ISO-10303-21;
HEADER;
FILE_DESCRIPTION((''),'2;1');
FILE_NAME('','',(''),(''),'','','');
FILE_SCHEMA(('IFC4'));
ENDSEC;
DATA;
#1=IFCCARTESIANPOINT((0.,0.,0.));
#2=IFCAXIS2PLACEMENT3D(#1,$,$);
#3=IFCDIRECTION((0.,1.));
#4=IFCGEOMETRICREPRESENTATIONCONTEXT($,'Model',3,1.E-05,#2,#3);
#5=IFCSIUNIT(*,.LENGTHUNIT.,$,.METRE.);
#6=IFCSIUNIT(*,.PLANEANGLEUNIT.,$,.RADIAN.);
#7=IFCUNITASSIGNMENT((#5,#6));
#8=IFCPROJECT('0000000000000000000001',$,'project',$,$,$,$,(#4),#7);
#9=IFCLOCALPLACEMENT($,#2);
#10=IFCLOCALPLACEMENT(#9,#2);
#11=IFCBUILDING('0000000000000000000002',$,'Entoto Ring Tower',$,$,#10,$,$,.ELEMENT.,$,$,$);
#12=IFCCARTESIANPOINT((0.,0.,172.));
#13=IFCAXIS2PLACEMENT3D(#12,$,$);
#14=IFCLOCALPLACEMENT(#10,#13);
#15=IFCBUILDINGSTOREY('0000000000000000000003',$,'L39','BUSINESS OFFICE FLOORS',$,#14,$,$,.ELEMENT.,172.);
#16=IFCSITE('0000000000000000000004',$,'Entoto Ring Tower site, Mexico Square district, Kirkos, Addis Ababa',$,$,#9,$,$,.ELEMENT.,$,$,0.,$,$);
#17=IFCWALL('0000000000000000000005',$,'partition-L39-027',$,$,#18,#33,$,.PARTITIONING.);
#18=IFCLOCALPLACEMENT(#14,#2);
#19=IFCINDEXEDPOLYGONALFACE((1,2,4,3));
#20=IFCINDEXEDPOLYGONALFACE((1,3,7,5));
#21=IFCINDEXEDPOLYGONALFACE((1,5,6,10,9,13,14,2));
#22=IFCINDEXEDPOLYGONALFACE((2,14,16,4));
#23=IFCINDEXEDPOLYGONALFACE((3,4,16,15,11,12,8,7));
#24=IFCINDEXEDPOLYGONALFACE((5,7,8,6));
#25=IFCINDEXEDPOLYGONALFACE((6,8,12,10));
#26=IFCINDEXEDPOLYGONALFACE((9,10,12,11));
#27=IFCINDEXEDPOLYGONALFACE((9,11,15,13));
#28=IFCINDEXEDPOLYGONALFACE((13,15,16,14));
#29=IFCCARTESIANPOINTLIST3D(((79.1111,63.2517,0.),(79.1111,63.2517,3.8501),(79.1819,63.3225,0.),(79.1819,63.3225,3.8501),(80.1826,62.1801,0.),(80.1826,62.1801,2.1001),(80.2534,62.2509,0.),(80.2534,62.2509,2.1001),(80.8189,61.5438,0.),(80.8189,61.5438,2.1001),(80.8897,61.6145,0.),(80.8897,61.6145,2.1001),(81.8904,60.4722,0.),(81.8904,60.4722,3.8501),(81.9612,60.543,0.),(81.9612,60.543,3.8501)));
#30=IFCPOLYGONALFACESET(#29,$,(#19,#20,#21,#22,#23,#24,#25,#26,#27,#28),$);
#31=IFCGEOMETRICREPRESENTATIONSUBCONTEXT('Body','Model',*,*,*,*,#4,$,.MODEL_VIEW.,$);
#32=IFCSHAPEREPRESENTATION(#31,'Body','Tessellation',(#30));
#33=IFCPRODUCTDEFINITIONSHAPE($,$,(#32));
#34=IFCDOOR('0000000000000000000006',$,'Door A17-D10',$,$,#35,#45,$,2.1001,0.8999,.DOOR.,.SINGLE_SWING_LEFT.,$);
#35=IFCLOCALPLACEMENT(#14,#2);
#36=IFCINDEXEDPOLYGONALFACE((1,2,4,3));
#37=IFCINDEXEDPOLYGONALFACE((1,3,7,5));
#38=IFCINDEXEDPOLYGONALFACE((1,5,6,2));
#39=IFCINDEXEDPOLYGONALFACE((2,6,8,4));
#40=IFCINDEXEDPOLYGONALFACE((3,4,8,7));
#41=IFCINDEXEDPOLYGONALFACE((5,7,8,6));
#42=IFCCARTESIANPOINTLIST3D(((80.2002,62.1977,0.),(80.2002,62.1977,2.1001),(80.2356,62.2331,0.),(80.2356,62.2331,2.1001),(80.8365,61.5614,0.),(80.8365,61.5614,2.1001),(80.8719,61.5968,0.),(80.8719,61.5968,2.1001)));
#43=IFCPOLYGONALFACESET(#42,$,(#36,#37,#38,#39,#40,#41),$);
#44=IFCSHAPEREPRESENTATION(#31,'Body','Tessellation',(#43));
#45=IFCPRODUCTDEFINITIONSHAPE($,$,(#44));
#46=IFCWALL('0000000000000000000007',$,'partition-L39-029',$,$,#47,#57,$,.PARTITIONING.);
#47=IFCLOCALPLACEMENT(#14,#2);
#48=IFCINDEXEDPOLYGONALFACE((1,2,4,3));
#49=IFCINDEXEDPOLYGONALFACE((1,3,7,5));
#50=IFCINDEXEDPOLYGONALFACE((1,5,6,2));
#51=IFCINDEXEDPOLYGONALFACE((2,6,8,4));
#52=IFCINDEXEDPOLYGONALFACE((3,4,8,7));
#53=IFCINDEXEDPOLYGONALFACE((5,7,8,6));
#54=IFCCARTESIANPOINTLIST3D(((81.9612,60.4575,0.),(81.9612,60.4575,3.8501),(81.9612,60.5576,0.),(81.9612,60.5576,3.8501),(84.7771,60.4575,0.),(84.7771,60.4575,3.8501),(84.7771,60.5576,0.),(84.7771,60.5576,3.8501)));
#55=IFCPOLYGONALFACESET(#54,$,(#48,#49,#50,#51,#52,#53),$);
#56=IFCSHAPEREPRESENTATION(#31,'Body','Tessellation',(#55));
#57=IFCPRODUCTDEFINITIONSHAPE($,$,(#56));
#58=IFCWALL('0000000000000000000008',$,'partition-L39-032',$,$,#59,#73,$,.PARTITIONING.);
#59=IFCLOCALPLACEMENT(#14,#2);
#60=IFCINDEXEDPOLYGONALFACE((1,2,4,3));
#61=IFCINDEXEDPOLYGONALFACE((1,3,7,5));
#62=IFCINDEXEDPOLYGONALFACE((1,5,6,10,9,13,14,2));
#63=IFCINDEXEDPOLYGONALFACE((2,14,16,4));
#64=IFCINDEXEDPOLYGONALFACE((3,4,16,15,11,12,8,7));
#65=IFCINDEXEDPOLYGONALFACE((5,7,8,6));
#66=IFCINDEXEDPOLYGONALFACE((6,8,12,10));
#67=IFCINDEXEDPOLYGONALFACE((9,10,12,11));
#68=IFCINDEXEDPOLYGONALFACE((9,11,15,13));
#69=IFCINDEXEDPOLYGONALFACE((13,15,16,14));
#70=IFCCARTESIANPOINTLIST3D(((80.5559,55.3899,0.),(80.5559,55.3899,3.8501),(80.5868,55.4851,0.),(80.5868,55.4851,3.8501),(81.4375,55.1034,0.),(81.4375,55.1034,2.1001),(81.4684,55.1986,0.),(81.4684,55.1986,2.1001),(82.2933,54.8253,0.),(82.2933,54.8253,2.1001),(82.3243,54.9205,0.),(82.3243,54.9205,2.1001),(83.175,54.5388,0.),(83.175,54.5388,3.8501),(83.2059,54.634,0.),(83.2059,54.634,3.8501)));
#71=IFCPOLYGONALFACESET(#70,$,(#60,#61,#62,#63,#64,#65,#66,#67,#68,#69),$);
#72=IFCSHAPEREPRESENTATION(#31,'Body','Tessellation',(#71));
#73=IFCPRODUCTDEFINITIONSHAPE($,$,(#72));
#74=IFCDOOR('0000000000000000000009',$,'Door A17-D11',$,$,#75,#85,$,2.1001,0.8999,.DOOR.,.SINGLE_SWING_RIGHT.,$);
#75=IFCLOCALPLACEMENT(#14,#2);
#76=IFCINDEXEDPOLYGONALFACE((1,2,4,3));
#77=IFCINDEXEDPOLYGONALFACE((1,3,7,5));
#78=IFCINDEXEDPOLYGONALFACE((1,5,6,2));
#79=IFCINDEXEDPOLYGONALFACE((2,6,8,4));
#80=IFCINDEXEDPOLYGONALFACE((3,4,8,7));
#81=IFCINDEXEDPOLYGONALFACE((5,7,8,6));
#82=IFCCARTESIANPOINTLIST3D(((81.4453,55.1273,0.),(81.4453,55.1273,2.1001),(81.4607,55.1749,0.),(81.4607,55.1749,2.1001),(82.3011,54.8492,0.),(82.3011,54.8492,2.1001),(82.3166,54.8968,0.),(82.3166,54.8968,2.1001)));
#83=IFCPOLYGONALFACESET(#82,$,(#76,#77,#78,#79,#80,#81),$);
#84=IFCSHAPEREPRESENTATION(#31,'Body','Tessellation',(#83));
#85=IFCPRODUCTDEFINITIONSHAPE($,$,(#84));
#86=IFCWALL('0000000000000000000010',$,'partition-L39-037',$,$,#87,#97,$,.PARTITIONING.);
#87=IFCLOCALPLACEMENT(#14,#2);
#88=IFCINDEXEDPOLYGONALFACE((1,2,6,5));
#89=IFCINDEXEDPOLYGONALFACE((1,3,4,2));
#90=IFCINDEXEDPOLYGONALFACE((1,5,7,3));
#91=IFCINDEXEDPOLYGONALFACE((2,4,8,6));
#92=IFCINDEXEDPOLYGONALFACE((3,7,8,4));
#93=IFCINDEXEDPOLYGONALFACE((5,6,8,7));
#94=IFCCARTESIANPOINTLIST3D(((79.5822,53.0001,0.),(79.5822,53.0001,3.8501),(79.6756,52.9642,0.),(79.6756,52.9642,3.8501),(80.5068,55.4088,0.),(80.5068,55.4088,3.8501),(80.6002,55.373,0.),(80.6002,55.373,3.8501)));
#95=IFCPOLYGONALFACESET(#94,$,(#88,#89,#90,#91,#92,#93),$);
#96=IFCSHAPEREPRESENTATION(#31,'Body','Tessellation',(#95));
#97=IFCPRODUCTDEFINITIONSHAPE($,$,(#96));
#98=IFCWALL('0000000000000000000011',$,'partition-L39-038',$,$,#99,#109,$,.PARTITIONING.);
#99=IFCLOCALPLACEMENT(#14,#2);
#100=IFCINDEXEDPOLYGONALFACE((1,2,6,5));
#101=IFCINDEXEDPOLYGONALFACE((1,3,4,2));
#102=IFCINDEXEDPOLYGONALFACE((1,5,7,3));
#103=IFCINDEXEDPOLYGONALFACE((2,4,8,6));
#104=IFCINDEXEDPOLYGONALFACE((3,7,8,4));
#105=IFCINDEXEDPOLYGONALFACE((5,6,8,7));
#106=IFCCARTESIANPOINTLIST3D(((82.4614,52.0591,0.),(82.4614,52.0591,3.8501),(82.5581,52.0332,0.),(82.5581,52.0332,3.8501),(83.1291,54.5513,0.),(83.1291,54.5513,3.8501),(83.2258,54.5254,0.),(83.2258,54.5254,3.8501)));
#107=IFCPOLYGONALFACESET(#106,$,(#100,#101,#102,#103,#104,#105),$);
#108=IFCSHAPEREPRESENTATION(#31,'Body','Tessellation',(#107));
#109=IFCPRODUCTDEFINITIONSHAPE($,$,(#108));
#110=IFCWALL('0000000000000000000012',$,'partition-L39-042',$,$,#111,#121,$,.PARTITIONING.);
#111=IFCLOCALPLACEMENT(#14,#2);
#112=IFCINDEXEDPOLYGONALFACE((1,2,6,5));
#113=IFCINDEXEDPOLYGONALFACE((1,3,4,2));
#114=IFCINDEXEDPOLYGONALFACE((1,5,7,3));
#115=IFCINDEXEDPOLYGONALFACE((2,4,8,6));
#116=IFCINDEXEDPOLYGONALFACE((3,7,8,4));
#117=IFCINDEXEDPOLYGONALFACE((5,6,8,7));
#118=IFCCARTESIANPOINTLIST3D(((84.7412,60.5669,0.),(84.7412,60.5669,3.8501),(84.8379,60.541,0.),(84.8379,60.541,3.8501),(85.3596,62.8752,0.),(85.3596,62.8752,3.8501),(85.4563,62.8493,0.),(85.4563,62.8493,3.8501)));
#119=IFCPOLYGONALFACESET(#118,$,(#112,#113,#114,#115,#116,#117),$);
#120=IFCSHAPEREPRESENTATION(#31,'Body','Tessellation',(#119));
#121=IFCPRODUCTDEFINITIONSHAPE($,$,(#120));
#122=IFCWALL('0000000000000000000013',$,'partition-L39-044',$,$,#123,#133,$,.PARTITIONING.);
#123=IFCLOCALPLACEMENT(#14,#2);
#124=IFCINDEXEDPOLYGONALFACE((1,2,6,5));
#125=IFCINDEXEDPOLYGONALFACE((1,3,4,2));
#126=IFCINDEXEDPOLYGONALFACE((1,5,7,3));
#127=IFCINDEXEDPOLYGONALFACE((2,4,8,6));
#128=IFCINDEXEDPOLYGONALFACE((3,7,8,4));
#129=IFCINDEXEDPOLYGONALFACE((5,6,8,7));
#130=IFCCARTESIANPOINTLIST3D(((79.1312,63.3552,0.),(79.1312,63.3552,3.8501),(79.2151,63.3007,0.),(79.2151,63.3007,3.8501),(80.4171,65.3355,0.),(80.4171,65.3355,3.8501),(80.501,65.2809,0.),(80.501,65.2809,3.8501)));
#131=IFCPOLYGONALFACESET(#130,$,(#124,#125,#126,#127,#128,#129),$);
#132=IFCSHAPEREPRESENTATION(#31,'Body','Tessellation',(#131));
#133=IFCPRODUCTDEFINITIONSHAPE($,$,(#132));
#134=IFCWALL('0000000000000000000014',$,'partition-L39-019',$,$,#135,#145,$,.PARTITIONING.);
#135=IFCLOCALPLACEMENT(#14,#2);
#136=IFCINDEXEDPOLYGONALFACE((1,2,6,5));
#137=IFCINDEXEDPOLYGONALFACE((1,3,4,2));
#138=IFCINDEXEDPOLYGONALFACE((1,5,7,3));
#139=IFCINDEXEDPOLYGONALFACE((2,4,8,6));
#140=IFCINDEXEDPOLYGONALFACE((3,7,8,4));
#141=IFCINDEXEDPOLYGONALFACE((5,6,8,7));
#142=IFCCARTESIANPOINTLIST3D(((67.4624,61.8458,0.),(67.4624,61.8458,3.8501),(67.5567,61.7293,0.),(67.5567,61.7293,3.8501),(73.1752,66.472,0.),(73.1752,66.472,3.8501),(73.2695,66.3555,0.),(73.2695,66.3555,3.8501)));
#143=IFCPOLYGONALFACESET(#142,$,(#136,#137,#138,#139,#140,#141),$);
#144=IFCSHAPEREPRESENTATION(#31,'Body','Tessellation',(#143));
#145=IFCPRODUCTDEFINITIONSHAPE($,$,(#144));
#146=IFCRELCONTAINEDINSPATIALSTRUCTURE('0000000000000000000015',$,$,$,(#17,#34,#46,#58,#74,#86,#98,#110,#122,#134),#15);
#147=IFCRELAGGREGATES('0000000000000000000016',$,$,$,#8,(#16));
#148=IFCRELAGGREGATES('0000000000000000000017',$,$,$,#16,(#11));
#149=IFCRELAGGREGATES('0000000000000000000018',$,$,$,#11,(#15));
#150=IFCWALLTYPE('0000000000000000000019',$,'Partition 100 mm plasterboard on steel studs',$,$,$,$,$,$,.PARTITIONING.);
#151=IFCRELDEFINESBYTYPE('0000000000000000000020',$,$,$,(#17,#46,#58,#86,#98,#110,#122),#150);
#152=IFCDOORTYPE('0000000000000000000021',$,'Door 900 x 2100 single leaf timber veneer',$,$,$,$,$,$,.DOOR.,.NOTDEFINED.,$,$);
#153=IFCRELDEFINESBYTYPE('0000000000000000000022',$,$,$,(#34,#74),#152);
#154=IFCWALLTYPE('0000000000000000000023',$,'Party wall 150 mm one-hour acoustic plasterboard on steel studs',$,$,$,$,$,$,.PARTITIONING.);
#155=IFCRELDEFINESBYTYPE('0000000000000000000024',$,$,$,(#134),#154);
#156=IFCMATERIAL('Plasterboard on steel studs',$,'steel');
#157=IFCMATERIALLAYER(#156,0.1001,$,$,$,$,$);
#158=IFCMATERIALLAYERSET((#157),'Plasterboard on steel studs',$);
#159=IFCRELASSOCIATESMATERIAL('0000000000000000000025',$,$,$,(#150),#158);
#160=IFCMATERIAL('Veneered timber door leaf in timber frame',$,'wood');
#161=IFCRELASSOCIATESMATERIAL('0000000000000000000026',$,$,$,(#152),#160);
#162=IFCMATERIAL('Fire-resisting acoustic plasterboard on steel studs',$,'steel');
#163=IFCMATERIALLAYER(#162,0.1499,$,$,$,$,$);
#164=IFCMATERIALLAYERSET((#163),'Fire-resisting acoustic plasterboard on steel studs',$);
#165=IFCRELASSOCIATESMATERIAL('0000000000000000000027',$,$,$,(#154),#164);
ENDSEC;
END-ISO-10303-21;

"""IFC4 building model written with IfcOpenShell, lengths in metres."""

from ifc_helpers import new_model, si_unit, direction, frame, frame_2d, origin, place, context, subcontext, project, spatial, rectangle, extrude, material, layer, layer_set, type_object, element, fill, save


model = new_model("IFC4")

# Units and contexts
model_context = context("Model", 3, precision=1e-05, world=origin(), true_north=direction((0.0, 1.0)))
body_context = subcontext(model_context, "Body", "Model", "MODEL_VIEW")
ifc_project = project(units=[si_unit("LENGTHUNIT", "METRE"), si_unit("PLANEANGLEUNIT", "RADIAN")], contexts=[model_context])

# Site, building, storey
site_placement = place(None, origin())
site = spatial("IfcSite", under=ifc_project, at=site_placement, Name="Entoto Ring Tower site, Mexico Square district, Kirkos, Addis Ababa", CompositionType="ELEMENT", RefElevation=0.0)
building_placement = place(site_placement, origin())
building = spatial("IfcBuilding", under=site, at=building_placement, Name="Entoto Ring Tower", CompositionType="ELEMENT")
storey_placement = place(building_placement, frame((0.0, 0.0, 172.0)))
storey = spatial("IfcBuildingStorey", under=building, at=storey_placement, Name="L39", Description="BUSINESS OFFICE FLOORS", CompositionType="ELEMENT", Elevation=172.0)

# Wall, opening, door
ifc_material_1 = material(Name="Plasterboard on steel studs", Category="steel")
ifc_layer_1 = layer(ifc_material_1, 0.1001)
ifc_layer_set_1 = layer_set([ifc_layer_1], Name="Plasterboard on steel studs")
wall_type_1 = type_object("IfcWallType", Name="Partition 100 mm plasterboard on steel studs", PredefinedType="PARTITIONING", material=ifc_layer_set_1)
wall_1_placement = place(storey_placement, frame((81.9258, 60.5076, 0.0), z_axis=(0.0, 0.0, 1.0), x_axis=(-0.707076, 0.707138, 0.0)))
wall_1 = element("IfcWall", 1, at=wall_1_placement, inside=storey, type_object=wall_type_1, Name="partition-L39-027", PredefinedType="PARTITIONING", context=body_context, shape_type="SweptSolid", body=[
    extrude(rectangle(XDim=3.9307, YDim=0.1001, at=frame_2d((1.9653, 0.0))), origin(), (0.0, 0.0, 1.0), 3.8501),
])
opening_1_placement = place(wall_1_placement, frame((1.5154, 0.0, 0.0)))
opening_1 = element("IfcOpeningElement", 2, at=opening_1_placement, cuts=wall_1, PredefinedType="OPENING", context=body_context, shape_type="SweptSolid", body=[
    extrude(rectangle(XDim=0.8999, YDim=2.1001, at=frame_2d((0.45, 1.05))), frame((0.0, 0.0601, 0.0), z_axis=(0.0, -1.0, 0.0), x_axis=(1.0, 0.0, 0.0)), (0.0, 0.0, 1.0), 0.1201),
])
ifc_material_2 = material(Name="Veneered timber door leaf in timber frame", Category="wood")
door_type_1 = type_object("IfcDoorType", Name="Door 900 x 2100 single leaf timber veneer", OperationType="NOTDEFINED", PredefinedType="DOOR", material=ifc_material_2)
door_1_placement = place(opening_1_placement, frame((0.8999, 0.0, 0.0), z_axis=(0.0, 0.0, 1.0), x_axis=(-1.0, 0.0, 0.0)))
door_1 = element("IfcDoor", 3, at=door_1_placement, inside=storey, type_object=door_type_1, Name="Door A17-D10", OperationType="SINGLE_SWING_LEFT", OverallHeight=2.1001, OverallWidth=0.8999, PredefinedType="DOOR", context=body_context, shape_type="SweptSolid", body=[
    extrude(rectangle(XDim=0.8999, YDim=2.1001, at=frame_2d((0.45, 1.05))), frame((0.0, 0.0249, 0.0), z_axis=(0.0, -1.0, 0.0), x_axis=(1.0, 0.0, 0.0)), (0.0, 0.0, 1.0), 0.05),
])
fill(opening_1, door_1)

# Wall
wall_2_placement = place(storey_placement, frame((81.9612, 60.5076, 0.0), z_axis=(0.0, 0.0, 1.0), x_axis=(1.0, 0.0, 0.0)))
element("IfcWall", 4, at=wall_2_placement, inside=storey, type_object=wall_type_1, Name="partition-L39-029", PredefinedType="PARTITIONING", context=body_context, shape_type="SweptSolid", body=[
    extrude(rectangle(XDim=2.8159, YDim=0.1001, at=frame_2d((1.408, 0.0))), origin(), (0.0, 0.0, 1.0), 3.8501),
])

# Wall, opening, door
wall_3_placement = place(storey_placement, frame((83.1904, 54.5864, 0.0), z_axis=(0.0, 0.0, 1.0), x_axis=(-0.95105, 0.309038, 0.0)))
wall_3 = element("IfcWall", 5, at=wall_3_placement, inside=storey, type_object=wall_type_1, Name="partition-L39-032", PredefinedType="PARTITIONING", context=body_context, shape_type="SweptSolid", body=[
    extrude(rectangle(XDim=2.7539, YDim=0.1001, at=frame_2d((1.377, 0.0))), origin(), (0.0, 0.0, 1.0), 3.8501),
])
opening_2_placement = place(wall_3_placement, frame((0.927, 0.0, 0.0)))
opening_2 = element("IfcOpeningElement", 6, at=opening_2_placement, cuts=wall_3, PredefinedType="OPENING", context=body_context, shape_type="SweptSolid", body=[
    extrude(rectangle(XDim=0.8999, YDim=2.1001, at=frame_2d((0.45, 1.05))), frame((0.0, 0.0601, 0.0), z_axis=(0.0, -1.0, 0.0), x_axis=(1.0, 0.0, 0.0)), (0.0, 0.0, 1.0), 0.1201),
])
door_2_placement = place(opening_2_placement, origin())
door_2 = element("IfcDoor", 7, at=door_2_placement, inside=storey, type_object=door_type_1, Name="Door A17-D11", OperationType="SINGLE_SWING_RIGHT", OverallHeight=2.1001, OverallWidth=0.8999, PredefinedType="DOOR", context=body_context, shape_type="SweptSolid", body=[
    extrude(rectangle(XDim=0.8999, YDim=2.1001, at=frame_2d((0.45, 1.05))), frame((0.0, 0.0249, 0.0), z_axis=(0.0, -1.0, 0.0), x_axis=(1.0, 0.0, 0.0)), (0.0, 0.0, 1.0), 0.05),
])
fill(opening_2, door_2)

# Walls
for number, where, z_axis, x_axis, name in (
    (8, (79.6289, 52.9822, 0.0), (0.0, 0.0, 1.0), (0.358351, 0.933587, 0.0), "partition-L39-037"),
    (9, (82.5098, 52.0461, 0.0), (0.0, 0.0, 1.0), (0.258799, 0.965931, 0.0), "partition-L39-038"),
):
    element("IfcWall", number, at=place(storey_placement, frame(where, z_axis=z_axis, x_axis=x_axis)), inside=storey, type_object=wall_type_1, Name=name, PredefinedType="PARTITIONING", context=body_context, shape_type="SweptSolid", body=[
        extrude(rectangle(XDim=2.5801, YDim=0.1001, at=frame_2d((1.29, 0.0))), origin(), (0.0, 0.0, 1.0), 3.8501),
    ])
wall_4_placement = place(storey_placement, frame((84.7896, 60.554, 0.0), z_axis=(0.0, 0.0, 1.0), x_axis=(0.258775, 0.965938, 0.0)))
element("IfcWall", 10, at=wall_4_placement, inside=storey, type_object=wall_type_1, Name="partition-L39-042", PredefinedType="PARTITIONING", context=body_context, shape_type="SweptSolid", body=[
    extrude(rectangle(XDim=2.3896, YDim=0.1001, at=frame_2d((1.1948, 0.0))), origin(), (0.0, 0.0, 1.0), 3.8501),
])
wall_5_placement = place(storey_placement, frame((79.1731, 63.3279, 0.0), z_axis=(0.0, 0.0, 1.0), x_axis=(0.544614, 0.838687, 0.0)))
element("IfcWall", 11, at=wall_5_placement, inside=storey, type_object=wall_type_1, Name="partition-L39-044", PredefinedType="PARTITIONING", context=body_context, shape_type="SweptSolid", body=[
    extrude(rectangle(XDim=2.3611, YDim=0.1001, at=frame_2d((1.1807, 0.0))), origin(), (0.0, 0.0, 1.0), 3.8501),
])
ifc_material_3 = material(Name="Fire-resisting acoustic plasterboard on steel studs", Category="steel")
ifc_layer_2 = layer(ifc_material_3, 0.1499)
ifc_layer_set_2 = layer_set([ifc_layer_2], Name="Fire-resisting acoustic plasterboard on steel studs")
wall_type_2 = type_object("IfcWallType", Name="Party wall 150 mm one-hour acoustic plasterboard on steel studs", PredefinedType="PARTITIONING", material=ifc_layer_set_2)
wall_6_placement = place(storey_placement, frame((67.5095, 61.7876, 0.0), z_axis=(0.0, 0.0, 1.0), x_axis=(0.777145, 0.629321, 0.0)))
element("IfcWall", 12, at=wall_6_placement, inside=storey, type_object=wall_type_2, Name="partition-L39-019", PredefinedType="PARTITIONING", context=body_context, shape_type="SweptSolid", body=[
    extrude(rectangle(XDim=7.3511, YDim=0.1499, at=frame_2d((3.6755, 0.0))), origin(), (0.0, 0.0, 1.0), 3.8501),
])

save(model, "model.ifc")
